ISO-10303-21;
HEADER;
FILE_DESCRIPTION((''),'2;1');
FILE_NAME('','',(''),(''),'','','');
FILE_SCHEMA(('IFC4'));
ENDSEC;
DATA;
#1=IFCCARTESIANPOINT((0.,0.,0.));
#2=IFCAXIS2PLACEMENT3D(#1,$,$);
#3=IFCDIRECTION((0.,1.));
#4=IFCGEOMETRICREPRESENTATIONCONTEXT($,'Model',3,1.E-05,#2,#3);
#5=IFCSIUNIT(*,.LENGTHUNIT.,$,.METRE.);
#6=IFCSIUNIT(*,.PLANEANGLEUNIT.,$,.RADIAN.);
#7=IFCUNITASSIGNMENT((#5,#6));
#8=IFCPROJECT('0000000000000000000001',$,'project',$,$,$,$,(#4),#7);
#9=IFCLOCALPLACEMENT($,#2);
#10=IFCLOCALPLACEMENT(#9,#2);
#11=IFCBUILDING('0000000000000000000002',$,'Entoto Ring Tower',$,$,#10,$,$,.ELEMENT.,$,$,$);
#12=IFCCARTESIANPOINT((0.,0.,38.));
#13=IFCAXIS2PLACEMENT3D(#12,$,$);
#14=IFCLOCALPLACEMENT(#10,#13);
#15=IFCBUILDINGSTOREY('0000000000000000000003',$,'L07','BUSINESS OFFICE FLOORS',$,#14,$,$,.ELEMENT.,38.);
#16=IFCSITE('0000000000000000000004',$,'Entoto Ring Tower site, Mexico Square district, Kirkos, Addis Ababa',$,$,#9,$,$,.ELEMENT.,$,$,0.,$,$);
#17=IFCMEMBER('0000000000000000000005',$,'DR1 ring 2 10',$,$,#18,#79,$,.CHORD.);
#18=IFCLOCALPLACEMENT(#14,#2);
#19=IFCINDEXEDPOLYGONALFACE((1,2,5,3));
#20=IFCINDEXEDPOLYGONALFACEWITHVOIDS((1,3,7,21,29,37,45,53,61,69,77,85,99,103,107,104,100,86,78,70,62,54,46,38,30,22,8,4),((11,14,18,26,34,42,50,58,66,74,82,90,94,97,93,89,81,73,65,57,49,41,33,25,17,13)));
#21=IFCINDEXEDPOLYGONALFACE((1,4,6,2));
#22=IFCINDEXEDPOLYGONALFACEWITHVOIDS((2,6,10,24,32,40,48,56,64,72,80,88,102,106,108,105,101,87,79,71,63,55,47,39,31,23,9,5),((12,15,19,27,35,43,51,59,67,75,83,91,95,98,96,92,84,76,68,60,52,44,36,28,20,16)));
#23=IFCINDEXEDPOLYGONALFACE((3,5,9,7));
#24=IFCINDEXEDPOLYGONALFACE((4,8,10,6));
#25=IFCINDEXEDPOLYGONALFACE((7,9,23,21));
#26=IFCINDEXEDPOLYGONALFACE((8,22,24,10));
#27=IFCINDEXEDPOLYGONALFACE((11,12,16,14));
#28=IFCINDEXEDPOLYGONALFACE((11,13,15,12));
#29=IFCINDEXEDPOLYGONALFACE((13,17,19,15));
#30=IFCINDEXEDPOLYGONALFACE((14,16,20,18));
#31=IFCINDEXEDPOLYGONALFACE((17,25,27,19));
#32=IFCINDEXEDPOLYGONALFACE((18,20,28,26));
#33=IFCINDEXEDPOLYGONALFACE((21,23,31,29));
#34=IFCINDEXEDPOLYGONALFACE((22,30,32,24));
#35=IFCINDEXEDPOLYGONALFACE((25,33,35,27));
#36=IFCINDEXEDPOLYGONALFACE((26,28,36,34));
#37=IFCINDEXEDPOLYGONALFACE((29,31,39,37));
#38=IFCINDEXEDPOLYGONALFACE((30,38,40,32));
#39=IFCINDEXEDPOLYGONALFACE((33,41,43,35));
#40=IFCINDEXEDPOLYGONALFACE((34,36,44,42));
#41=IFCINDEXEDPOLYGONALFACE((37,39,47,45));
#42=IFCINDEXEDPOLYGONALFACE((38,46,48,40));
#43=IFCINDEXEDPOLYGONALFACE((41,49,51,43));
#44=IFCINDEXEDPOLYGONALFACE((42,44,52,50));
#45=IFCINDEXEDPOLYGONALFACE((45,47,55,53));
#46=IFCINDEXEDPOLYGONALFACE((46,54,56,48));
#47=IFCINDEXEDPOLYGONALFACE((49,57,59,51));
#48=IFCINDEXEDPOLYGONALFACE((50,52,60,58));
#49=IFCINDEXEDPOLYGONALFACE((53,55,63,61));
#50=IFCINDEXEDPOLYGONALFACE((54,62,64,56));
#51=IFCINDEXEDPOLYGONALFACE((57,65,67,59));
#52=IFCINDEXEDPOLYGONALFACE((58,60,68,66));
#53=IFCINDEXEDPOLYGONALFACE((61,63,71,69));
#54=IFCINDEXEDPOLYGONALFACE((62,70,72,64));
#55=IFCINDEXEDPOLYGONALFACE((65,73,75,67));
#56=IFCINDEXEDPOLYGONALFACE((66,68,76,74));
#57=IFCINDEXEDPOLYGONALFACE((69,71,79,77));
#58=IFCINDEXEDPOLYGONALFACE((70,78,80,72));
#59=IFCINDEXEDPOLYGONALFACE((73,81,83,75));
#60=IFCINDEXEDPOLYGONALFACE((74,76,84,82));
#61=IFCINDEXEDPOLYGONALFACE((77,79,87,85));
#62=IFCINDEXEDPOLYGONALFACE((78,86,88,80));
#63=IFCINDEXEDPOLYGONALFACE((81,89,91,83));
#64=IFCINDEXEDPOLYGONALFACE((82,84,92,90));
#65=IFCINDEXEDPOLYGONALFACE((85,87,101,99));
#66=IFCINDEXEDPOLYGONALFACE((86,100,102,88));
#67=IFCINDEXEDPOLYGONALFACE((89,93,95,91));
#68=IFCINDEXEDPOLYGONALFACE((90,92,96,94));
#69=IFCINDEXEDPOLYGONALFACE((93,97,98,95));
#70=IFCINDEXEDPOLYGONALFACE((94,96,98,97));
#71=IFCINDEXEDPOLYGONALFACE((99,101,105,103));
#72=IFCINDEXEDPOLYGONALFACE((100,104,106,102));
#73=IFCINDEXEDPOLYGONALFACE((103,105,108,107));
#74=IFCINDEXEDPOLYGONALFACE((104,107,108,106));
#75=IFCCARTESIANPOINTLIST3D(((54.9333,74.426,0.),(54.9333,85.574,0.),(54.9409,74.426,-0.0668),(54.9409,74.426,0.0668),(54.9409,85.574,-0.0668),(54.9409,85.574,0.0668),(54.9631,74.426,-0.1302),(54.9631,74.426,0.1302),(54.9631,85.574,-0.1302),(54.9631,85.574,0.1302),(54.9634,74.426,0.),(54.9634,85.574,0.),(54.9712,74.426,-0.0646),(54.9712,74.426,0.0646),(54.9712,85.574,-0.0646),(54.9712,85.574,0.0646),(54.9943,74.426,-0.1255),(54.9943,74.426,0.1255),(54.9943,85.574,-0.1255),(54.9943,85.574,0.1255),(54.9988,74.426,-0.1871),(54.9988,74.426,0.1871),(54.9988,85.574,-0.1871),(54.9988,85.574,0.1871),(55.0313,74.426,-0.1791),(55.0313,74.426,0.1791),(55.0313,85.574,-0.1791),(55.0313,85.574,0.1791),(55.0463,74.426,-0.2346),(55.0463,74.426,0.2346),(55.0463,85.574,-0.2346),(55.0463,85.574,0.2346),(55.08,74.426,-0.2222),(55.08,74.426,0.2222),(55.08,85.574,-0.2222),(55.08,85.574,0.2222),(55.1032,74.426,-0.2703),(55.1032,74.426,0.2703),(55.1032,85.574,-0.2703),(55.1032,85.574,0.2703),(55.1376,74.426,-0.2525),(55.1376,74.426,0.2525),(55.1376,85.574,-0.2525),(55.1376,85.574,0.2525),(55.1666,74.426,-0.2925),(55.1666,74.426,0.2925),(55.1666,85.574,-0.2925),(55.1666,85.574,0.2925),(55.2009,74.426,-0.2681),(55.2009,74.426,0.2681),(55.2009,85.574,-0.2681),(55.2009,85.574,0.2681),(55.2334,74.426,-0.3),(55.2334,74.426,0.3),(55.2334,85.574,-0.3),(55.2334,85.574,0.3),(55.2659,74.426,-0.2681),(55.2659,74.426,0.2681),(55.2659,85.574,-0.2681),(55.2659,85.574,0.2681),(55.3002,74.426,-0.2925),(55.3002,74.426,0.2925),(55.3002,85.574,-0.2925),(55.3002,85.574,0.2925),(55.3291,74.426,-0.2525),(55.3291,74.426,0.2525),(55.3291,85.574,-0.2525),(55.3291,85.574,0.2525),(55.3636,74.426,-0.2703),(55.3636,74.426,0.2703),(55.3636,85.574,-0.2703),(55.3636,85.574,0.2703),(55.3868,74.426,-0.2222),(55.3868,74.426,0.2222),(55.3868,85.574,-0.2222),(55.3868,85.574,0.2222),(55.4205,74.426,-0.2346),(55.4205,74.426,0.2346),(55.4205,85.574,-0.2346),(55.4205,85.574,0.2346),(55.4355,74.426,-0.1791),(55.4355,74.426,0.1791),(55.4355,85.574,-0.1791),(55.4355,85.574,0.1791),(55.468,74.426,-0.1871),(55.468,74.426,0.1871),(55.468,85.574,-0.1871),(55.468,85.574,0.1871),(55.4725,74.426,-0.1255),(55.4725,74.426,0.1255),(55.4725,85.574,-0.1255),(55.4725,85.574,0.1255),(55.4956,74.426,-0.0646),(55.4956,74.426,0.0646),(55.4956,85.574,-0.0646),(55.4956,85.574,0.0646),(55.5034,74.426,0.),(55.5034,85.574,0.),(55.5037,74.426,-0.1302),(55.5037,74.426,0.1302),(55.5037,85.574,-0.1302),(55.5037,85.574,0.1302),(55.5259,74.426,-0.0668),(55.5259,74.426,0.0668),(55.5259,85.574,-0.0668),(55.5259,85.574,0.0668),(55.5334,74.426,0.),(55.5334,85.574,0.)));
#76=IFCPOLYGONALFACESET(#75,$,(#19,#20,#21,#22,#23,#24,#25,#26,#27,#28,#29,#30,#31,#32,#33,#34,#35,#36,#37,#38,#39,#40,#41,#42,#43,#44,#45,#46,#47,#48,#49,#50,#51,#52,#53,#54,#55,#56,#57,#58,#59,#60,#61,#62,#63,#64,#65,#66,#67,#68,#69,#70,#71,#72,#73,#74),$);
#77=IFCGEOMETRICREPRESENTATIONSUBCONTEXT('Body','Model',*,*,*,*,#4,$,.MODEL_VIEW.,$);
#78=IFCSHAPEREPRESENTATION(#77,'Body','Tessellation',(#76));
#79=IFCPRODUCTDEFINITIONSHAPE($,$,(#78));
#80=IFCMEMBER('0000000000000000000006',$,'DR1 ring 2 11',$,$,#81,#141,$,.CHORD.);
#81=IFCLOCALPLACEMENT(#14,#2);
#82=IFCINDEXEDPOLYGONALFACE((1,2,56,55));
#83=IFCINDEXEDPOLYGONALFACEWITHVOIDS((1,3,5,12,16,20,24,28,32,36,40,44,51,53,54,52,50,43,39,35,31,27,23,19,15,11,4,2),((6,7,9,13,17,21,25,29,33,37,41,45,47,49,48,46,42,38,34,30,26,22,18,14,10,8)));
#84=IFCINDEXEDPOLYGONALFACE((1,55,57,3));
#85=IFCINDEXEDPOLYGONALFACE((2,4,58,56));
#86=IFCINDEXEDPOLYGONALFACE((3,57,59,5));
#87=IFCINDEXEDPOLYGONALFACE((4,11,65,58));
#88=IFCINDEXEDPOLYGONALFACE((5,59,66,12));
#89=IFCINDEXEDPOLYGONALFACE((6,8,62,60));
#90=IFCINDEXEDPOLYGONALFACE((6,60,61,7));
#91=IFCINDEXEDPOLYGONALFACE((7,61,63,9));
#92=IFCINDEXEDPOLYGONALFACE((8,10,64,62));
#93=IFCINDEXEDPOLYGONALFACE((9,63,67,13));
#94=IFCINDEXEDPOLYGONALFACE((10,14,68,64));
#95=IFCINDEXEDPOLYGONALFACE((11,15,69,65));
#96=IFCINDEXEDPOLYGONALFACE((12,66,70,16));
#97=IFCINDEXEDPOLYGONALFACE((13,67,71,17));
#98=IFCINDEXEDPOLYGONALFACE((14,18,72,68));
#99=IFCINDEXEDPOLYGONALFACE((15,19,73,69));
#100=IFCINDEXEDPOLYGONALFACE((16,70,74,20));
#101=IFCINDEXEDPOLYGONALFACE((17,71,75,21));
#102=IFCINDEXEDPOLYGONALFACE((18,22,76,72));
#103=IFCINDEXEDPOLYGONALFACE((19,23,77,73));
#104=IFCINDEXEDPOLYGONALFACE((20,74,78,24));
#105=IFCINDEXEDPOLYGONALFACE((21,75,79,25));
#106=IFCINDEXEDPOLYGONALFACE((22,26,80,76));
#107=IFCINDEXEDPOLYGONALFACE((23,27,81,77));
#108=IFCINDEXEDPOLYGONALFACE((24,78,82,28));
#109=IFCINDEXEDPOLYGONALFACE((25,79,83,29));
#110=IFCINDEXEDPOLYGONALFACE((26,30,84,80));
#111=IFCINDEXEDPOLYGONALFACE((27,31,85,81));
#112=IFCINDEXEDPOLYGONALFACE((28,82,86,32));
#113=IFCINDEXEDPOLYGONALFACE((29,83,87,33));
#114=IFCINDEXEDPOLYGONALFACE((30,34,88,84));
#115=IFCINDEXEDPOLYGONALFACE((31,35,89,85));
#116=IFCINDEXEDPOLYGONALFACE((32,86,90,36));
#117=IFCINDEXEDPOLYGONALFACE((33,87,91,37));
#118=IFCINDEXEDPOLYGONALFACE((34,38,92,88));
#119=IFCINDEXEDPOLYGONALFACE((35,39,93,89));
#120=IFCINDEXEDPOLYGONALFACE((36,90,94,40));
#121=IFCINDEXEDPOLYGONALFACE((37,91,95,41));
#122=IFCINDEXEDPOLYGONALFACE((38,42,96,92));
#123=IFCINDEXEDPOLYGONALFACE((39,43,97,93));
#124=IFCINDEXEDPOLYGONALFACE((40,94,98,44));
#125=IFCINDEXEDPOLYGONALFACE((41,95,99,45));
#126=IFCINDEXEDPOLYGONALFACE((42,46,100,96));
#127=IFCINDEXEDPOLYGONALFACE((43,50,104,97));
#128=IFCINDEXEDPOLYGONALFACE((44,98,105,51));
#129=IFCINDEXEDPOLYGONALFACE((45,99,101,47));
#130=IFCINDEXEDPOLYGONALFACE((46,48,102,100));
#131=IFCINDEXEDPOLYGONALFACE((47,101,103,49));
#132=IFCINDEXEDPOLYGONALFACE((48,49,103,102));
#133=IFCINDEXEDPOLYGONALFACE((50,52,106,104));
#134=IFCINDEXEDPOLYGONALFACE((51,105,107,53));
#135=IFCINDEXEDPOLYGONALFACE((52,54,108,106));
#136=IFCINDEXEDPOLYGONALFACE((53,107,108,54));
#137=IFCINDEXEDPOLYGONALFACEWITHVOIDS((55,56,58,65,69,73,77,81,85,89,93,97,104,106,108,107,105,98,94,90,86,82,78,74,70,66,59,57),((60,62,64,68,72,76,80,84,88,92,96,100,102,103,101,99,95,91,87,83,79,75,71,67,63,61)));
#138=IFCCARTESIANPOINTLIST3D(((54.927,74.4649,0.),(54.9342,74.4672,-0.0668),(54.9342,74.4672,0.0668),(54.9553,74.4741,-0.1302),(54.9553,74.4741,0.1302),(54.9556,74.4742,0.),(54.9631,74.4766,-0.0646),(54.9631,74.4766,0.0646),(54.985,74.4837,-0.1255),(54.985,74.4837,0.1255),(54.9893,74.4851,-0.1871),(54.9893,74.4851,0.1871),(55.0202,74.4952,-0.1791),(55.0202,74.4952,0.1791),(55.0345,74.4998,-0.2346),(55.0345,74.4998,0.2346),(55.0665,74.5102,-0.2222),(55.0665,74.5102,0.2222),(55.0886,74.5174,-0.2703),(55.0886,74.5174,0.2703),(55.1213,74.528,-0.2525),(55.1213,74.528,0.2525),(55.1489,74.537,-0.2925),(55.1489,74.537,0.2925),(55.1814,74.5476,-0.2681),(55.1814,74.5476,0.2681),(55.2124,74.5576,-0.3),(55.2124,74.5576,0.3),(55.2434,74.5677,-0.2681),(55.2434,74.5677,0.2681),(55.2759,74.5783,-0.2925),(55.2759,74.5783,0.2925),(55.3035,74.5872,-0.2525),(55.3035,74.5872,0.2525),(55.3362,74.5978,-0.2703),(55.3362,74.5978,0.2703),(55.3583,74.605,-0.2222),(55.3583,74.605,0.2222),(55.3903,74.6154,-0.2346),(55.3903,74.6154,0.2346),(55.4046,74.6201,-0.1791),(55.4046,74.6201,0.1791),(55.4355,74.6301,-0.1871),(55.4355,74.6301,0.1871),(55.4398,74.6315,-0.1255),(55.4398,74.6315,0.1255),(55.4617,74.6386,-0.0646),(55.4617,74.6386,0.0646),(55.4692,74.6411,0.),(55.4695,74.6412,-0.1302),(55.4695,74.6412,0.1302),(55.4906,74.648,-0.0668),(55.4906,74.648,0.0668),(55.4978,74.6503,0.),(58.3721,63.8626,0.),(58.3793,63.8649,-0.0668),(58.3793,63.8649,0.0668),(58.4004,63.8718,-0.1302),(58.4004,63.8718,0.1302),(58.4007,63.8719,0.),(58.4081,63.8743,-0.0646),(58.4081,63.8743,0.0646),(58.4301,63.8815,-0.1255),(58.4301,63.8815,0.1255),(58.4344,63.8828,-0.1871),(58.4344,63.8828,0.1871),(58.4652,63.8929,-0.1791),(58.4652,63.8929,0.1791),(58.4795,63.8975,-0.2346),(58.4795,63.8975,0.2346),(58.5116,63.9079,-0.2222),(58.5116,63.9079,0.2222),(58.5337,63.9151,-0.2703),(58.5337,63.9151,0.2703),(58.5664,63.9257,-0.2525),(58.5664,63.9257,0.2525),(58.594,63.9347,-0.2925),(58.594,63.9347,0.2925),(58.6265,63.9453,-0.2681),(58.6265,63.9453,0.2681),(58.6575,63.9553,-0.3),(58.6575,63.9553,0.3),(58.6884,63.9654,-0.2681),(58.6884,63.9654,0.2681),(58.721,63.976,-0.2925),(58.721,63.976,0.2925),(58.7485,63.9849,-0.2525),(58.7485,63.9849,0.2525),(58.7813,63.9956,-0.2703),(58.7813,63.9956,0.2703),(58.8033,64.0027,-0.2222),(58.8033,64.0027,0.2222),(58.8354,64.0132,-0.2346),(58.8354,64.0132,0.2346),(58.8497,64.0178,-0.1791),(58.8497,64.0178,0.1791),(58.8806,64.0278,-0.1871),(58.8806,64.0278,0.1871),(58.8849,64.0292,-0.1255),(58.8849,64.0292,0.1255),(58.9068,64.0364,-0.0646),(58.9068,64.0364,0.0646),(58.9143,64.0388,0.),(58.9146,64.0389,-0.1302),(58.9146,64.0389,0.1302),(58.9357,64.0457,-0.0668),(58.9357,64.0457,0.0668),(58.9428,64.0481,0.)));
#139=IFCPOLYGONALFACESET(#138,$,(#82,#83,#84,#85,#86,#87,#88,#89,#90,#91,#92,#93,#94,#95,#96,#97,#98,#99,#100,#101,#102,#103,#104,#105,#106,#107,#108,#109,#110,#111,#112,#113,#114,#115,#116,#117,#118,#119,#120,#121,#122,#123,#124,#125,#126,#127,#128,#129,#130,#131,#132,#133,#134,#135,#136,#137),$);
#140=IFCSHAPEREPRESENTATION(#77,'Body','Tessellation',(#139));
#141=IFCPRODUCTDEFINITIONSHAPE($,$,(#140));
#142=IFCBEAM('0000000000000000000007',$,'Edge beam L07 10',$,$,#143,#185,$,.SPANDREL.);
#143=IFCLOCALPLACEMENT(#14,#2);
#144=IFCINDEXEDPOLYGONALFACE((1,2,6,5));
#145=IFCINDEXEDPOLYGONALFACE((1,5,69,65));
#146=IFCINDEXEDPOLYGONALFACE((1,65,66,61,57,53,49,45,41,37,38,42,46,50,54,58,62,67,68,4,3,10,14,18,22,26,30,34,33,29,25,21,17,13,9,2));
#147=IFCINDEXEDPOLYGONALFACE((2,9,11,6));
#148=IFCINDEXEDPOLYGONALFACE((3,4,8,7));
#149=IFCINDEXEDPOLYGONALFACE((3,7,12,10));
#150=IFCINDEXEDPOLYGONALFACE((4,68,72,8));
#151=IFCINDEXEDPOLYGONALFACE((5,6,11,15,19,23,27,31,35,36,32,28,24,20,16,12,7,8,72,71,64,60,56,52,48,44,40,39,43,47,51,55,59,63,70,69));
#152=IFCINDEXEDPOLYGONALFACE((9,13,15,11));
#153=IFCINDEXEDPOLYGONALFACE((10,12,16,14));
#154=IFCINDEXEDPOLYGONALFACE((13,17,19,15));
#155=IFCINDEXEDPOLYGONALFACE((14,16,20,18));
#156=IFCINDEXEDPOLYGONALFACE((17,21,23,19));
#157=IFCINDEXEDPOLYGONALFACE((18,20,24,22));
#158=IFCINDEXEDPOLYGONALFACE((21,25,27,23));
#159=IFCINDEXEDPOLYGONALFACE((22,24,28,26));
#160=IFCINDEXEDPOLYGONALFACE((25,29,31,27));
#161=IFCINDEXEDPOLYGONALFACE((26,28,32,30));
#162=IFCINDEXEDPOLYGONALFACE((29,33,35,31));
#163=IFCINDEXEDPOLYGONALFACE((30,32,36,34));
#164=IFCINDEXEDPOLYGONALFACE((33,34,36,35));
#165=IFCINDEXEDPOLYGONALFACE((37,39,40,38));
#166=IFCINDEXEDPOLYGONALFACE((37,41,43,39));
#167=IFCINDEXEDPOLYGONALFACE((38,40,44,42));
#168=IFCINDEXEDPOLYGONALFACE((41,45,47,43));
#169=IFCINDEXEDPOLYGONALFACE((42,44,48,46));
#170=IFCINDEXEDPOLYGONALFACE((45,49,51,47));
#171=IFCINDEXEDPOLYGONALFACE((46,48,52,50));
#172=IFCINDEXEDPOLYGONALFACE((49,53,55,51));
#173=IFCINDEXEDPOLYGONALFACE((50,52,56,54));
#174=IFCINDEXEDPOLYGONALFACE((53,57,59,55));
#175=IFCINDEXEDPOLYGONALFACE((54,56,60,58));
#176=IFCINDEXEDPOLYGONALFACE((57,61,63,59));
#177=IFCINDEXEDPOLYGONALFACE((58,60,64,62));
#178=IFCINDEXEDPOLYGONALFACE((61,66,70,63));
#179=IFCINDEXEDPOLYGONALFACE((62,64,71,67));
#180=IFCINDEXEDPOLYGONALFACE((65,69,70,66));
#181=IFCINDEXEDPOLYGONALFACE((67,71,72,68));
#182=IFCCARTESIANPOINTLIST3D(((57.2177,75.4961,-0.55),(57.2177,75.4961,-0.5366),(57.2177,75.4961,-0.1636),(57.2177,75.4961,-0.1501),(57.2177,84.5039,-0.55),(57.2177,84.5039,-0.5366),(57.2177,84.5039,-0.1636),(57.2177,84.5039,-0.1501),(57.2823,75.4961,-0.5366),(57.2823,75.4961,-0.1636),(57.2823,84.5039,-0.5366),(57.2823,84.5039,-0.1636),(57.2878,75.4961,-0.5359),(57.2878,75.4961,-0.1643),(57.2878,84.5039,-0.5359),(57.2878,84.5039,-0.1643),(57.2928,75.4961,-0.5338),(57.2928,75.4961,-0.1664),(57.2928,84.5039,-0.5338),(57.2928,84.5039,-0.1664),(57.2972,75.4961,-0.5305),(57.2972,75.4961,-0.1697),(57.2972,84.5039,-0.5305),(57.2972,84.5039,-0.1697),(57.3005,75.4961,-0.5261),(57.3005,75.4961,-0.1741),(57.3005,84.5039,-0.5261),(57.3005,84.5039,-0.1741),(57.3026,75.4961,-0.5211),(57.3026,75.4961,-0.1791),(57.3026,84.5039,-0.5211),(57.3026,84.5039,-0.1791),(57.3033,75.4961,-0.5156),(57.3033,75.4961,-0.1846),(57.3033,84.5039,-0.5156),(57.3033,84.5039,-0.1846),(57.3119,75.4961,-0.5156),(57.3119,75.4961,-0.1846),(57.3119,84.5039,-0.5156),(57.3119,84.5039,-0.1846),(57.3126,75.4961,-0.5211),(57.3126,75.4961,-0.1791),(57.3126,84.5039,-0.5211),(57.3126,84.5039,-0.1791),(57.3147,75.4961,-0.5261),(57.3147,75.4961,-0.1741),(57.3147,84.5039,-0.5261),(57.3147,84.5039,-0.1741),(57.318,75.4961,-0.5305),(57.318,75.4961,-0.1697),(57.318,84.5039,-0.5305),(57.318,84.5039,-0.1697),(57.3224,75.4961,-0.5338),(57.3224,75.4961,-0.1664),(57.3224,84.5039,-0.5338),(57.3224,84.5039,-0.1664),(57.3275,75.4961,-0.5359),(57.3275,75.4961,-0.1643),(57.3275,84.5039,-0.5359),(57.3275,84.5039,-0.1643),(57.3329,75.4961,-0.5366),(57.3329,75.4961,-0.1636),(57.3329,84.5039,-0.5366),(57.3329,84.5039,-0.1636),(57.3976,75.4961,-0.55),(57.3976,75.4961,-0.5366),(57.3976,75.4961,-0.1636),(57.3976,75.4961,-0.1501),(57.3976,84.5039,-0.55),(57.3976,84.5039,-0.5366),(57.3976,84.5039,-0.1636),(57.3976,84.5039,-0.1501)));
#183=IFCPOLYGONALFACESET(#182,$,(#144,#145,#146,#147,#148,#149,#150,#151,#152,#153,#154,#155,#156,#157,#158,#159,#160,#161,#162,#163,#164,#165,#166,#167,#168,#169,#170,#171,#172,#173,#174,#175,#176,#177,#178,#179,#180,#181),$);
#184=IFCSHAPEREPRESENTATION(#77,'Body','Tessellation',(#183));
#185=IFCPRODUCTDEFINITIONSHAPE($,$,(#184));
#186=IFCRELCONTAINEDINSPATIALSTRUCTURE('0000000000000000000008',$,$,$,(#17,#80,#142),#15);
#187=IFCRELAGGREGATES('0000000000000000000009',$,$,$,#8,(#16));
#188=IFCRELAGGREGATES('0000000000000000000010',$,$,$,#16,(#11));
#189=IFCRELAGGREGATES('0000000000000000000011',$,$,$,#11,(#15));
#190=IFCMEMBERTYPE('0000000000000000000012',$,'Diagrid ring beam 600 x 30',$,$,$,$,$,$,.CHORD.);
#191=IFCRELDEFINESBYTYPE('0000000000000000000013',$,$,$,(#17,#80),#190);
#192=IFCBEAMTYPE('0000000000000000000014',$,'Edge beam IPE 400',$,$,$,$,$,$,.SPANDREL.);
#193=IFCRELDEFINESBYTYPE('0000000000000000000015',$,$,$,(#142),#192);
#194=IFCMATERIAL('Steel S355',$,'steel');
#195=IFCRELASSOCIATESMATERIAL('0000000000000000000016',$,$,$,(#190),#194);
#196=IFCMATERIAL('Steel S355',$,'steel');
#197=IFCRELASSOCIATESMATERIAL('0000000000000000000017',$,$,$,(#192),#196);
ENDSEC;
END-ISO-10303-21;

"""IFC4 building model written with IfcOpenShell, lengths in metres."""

from ifc_helpers import new_model, si_unit, direction, frame, origin, origin_2d, place, context, subcontext, project, spatial, circle, hollow_circle, i_section, extrude, material, material_profile, profile_set, type_object, element, save


model = new_model("IFC4")

# Units and contexts
model_context = context("Model", 3, precision=1e-05, world=origin(), true_north=direction((0.0, 1.0)))
body_context = subcontext(model_context, "Body", "Model", "MODEL_VIEW")
ifc_project = project(units=[si_unit("LENGTHUNIT", "METRE"), si_unit("PLANEANGLEUNIT", "RADIAN")], contexts=[model_context])

# Site, building, storey
site_placement = place(None, origin())
site = spatial("IfcSite", under=ifc_project, at=site_placement, Name="Entoto Ring Tower site, Mexico Square district, Kirkos, Addis Ababa", CompositionType="ELEMENT", RefElevation=0.0)
building_placement = place(site_placement, origin())
building = spatial("IfcBuilding", under=site, at=building_placement, Name="Entoto Ring Tower", CompositionType="ELEMENT")
storey_placement = place(building_placement, frame((0.0, 0.0, 38.0)))
storey = spatial("IfcBuildingStorey", under=building, at=storey_placement, Name="L07", Description="BUSINESS OFFICE FLOORS", CompositionType="ELEMENT", Elevation=38.0)

# Members
ifc_material_1 = material(Name="Steel S355", Category="steel")
ifc_material_profile_1 = material_profile(ifc_material_1, hollow_circle(Radius=0.3, WallThickness=0.03, at=origin_2d()), Name="CHS 600 x 30")
ifc_material_2 = material(Name="Concrete C60/75", Category="concrete")
ifc_material_profile_2 = material_profile(ifc_material_2, circle(Radius=0.27, at=origin_2d()), Name="Concrete C60/75 infill")
ifc_profile_set_1 = profile_set([ifc_material_profile_1, ifc_material_profile_2], Name="Steel S355")
member_type_1 = type_object("IfcMemberType", Name="Diagrid ring beam 600 x 30", PredefinedType="CHORD", material=ifc_profile_set_1)
for number, where, z_axis, x_axis, name in (
    (1, (55.2334, 85.574, 0.0), (0.0, -1.0, 0.0), (1.0, 0.0, 0.0), "DR1 ring 2 10"),
    (2, (55.2124, 74.5576, 0.0), (0.309031, -0.951052, 0.0), (0.951052, 0.309031, 0.0), "DR1 ring 2 11"),
):
    element("IfcMember", number, at=place(storey_placement, frame(where, z_axis=z_axis, x_axis=x_axis)), inside=storey, type_object=member_type_1, Name=name, PredefinedType="CHORD", context=body_context, shape_type="SweptSolid", body=[
        extrude(hollow_circle(Radius=0.3, WallThickness=0.03, at=origin_2d()), origin(), (0.0, 0.0, 1.0), 11.1479),
    ])

# Beam
ifc_material_3 = material(Name="Steel S355", Category="steel")
ifc_material_profile_3 = material_profile(ifc_material_3, i_section(OverallWidth=0.1799, OverallDepth=0.3999, WebThickness=0.0085, FlangeThickness=0.0134, FilletRadius=0.021, at=origin_2d()), Name="IPE 400")
ifc_profile_set_2 = profile_set([ifc_material_profile_3], Name="Steel S355")
beam_type_1 = type_object("IfcBeamType", Name="Edge beam IPE 400", PredefinedType="SPANDREL", material=ifc_profile_set_2)
for number, where, z_axis, x_axis, name in (
    (3, (57.3076, 84.5039, -0.3501), (0.0, -1.0, 0.0), (1.0, 0.0, 0.0), "Edge beam L07 10"),
):
    element("IfcBeam", number, at=place(storey_placement, frame(where, z_axis=z_axis, x_axis=x_axis)), inside=storey, type_object=beam_type_1, Name=name, PredefinedType="SPANDREL", context=body_context, shape_type="SweptSolid", body=[
        extrude(i_section(OverallWidth=0.1799, OverallDepth=0.3999, WebThickness=0.0085, FlangeThickness=0.0134, FilletRadius=0.021, at=origin_2d()), origin(), (0.0, 0.0, 1.0), 9.0078),
    ])

save(model, "model.ifc")
